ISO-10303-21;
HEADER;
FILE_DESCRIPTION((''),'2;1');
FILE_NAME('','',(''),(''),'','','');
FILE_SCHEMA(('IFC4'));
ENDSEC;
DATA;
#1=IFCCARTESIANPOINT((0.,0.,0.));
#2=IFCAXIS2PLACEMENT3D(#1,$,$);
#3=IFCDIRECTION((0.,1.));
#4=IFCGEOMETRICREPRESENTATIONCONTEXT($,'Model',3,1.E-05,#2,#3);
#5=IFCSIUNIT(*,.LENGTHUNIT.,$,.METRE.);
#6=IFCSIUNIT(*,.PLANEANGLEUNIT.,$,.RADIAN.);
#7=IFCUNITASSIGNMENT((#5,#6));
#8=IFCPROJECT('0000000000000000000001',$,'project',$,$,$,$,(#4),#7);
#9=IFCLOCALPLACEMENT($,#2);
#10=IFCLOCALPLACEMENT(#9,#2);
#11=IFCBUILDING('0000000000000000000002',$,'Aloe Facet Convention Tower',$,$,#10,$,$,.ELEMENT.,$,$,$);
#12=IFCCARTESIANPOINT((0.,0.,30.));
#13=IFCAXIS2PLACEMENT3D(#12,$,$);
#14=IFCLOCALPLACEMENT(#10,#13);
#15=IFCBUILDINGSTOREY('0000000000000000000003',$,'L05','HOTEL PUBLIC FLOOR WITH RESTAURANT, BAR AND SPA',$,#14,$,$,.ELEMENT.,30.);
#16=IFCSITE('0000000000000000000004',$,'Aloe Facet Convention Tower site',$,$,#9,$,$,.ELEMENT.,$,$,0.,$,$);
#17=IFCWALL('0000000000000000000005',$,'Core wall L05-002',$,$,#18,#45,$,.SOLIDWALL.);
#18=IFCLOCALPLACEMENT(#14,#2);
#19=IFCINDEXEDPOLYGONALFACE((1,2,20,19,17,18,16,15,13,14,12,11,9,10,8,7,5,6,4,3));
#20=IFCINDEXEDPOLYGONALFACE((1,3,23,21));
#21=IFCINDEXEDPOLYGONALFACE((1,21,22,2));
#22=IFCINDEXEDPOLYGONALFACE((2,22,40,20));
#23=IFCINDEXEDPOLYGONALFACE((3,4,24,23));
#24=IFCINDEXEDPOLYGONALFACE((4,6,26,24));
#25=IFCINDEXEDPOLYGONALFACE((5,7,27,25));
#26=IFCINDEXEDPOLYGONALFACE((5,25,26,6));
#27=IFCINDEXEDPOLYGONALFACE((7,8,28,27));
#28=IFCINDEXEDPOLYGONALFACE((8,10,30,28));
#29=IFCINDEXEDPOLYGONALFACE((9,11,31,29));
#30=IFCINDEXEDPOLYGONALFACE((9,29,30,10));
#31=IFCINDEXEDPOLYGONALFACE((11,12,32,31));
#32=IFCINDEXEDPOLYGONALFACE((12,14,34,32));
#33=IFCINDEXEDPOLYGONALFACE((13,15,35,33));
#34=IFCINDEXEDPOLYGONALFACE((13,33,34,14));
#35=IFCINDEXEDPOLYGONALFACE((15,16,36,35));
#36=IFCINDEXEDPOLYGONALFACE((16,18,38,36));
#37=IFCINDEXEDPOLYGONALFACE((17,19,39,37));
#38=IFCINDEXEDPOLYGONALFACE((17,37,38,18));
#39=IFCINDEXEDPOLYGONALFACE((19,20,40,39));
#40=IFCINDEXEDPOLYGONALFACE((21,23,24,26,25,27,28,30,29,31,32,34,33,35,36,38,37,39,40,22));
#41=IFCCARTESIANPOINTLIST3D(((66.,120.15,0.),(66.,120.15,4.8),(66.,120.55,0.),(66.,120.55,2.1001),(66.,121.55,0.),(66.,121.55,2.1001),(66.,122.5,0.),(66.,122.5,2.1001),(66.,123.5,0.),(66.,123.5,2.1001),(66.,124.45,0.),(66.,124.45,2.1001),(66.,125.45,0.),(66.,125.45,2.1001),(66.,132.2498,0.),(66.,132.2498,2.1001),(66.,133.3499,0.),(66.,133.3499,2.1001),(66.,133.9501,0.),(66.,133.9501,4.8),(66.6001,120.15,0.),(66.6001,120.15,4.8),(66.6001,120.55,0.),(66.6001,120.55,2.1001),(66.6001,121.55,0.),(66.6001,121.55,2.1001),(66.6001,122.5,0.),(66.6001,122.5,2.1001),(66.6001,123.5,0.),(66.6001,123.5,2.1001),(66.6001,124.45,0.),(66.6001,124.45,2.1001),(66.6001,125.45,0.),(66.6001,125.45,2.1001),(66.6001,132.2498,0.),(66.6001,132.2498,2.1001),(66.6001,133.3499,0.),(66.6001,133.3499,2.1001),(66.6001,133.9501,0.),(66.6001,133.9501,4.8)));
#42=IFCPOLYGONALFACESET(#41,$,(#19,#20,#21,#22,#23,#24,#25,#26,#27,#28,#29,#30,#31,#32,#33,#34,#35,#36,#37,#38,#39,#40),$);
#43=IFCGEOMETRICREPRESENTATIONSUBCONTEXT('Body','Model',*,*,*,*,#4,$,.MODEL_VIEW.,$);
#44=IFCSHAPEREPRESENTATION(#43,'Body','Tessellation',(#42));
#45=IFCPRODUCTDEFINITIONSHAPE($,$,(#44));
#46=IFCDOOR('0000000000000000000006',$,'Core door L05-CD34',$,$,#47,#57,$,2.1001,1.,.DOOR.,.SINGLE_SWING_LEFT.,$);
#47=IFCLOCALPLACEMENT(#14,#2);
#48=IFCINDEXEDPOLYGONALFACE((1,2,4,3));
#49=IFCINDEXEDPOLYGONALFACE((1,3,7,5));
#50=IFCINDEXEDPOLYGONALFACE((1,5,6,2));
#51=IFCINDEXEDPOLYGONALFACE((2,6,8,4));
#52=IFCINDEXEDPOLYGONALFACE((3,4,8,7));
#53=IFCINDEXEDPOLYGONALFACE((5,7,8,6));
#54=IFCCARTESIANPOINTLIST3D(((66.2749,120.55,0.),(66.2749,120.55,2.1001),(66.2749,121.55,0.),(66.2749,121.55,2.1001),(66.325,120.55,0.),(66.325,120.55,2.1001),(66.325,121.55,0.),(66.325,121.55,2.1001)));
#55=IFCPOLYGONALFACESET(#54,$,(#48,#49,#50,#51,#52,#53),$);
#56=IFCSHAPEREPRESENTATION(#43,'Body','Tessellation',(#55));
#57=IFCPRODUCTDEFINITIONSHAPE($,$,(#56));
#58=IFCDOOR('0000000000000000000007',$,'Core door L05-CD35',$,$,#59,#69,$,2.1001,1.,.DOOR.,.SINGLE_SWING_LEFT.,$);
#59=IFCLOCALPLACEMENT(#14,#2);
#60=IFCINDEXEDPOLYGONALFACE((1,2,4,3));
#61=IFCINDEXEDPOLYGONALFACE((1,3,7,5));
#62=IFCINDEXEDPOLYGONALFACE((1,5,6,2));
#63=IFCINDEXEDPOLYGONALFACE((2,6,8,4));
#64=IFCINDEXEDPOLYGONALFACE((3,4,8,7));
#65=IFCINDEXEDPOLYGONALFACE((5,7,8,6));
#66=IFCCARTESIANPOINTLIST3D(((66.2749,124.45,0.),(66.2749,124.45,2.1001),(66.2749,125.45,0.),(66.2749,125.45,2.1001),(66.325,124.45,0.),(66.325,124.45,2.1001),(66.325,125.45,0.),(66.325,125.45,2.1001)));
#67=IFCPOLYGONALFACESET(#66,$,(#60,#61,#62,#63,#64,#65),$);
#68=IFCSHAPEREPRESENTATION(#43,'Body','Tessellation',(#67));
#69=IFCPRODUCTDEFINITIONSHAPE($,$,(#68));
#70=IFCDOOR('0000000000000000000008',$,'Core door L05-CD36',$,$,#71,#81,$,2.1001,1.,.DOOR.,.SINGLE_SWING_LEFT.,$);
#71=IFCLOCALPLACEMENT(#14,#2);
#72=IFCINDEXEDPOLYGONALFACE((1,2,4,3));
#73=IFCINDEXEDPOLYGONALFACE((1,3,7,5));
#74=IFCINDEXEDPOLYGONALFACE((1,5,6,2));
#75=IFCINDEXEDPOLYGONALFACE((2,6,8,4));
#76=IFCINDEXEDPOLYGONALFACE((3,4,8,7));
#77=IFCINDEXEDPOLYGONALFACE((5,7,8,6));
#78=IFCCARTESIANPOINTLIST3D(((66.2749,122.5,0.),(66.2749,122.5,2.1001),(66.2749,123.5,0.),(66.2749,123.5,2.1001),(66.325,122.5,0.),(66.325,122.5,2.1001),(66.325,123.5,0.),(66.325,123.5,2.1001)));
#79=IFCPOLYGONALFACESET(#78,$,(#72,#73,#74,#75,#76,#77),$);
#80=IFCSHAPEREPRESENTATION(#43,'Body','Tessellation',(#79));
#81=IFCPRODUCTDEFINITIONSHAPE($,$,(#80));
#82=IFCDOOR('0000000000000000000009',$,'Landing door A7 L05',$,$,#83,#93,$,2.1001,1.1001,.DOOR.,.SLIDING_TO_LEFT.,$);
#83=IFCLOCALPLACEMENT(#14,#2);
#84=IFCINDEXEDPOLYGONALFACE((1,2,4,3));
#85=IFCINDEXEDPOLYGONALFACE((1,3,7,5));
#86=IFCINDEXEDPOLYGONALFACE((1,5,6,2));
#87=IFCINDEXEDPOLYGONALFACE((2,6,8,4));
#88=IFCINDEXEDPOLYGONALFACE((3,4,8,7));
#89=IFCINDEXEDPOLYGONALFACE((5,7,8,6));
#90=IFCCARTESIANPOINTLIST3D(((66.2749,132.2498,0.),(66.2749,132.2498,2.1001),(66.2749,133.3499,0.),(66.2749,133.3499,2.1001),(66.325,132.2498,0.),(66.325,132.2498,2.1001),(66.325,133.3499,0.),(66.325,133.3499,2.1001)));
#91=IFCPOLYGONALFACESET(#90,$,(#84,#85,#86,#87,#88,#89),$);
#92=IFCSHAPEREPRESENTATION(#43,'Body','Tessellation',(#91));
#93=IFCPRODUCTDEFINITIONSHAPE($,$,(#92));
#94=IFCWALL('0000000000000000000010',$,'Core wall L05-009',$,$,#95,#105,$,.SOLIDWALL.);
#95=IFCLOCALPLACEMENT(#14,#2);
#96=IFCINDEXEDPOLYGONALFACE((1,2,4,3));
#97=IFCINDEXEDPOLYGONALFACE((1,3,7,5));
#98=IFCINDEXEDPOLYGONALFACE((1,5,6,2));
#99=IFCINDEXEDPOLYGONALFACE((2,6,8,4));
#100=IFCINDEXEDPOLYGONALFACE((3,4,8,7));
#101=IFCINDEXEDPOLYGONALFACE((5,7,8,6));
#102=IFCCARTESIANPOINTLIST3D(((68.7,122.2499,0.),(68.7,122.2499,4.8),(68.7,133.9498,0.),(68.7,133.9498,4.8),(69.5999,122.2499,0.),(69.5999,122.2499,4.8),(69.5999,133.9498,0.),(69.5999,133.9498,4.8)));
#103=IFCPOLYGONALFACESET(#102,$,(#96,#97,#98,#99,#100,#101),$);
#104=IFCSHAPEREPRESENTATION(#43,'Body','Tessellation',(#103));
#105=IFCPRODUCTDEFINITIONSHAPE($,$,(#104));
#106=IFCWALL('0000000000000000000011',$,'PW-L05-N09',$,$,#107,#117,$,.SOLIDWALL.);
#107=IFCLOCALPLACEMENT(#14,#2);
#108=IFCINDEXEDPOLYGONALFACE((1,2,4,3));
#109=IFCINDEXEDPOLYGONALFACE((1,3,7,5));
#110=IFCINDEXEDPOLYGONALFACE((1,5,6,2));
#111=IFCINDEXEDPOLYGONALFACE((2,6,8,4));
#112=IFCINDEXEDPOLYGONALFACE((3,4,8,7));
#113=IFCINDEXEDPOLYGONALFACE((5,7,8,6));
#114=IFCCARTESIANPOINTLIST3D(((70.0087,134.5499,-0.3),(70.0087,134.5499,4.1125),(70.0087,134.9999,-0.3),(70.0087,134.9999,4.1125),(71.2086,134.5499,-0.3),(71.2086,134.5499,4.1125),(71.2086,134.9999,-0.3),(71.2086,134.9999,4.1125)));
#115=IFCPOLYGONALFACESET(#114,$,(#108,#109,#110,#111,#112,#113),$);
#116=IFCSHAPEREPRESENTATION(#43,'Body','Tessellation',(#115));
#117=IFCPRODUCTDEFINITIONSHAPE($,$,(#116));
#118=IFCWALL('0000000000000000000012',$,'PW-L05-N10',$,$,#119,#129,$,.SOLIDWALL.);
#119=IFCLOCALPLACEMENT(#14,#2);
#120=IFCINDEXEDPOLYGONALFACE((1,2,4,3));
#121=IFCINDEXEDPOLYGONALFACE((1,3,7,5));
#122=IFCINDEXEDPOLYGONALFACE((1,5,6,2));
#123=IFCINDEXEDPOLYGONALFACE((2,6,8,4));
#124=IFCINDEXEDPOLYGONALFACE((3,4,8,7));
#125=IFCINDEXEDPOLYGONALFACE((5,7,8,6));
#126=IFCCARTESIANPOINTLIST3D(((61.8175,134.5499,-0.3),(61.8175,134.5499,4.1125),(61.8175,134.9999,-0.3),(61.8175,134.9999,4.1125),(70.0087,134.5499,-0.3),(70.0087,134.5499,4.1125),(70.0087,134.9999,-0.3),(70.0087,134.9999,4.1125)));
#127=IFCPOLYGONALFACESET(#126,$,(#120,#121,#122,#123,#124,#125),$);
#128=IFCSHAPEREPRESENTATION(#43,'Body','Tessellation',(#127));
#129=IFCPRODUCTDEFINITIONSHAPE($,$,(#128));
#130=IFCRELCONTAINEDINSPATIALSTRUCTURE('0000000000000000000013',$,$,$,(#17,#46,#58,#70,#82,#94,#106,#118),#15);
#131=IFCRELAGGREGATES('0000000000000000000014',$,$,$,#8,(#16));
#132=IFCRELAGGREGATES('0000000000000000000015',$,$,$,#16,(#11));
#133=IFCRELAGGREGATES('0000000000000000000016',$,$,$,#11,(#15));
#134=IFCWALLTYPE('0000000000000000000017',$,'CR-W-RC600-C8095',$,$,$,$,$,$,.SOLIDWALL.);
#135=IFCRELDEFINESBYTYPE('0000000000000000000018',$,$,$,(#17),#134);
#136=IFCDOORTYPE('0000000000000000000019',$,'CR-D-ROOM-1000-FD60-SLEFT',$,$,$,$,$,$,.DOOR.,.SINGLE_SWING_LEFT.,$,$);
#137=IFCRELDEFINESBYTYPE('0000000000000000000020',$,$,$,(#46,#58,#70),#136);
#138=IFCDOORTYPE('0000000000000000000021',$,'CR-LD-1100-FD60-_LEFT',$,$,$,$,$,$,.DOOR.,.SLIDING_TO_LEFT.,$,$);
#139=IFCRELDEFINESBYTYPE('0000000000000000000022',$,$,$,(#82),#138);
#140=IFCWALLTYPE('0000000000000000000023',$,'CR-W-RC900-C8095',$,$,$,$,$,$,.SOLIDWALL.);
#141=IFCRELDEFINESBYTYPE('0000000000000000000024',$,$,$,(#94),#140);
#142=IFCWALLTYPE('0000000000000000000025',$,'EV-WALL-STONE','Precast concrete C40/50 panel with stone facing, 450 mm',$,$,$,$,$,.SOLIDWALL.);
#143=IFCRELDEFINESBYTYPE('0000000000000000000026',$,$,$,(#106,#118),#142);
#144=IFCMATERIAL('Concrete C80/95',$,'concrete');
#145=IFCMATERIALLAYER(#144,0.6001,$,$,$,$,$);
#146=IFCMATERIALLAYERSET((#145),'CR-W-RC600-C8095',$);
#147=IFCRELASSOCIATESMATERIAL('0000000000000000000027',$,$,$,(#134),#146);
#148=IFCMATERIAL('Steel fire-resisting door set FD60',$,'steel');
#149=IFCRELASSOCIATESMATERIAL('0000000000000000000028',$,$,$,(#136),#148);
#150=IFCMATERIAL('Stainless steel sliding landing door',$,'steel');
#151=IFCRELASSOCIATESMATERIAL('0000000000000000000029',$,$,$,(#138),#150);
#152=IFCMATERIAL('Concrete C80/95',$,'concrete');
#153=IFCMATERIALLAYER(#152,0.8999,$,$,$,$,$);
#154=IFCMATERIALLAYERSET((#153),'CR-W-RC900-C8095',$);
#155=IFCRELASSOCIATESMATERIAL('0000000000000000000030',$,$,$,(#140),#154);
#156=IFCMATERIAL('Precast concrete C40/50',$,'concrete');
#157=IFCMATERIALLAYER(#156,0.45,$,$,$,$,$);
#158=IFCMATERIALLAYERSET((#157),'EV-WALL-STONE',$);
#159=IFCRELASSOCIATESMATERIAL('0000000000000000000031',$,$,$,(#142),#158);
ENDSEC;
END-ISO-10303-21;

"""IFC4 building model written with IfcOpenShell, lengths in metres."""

from ifc_helpers import new_model, si_unit, direction, frame, frame_2d, origin, place, context, subcontext, project, spatial, rectangle, extrude, material, layer, layer_set, type_object, element, fill, save


model = new_model("IFC4")

# Units and contexts
model_context = context("Model", 3, precision=1e-05, world=origin(), true_north=direction((0.0, 1.0)))
body_context = subcontext(model_context, "Body", "Model", "MODEL_VIEW")
ifc_project = project(units=[si_unit("LENGTHUNIT", "METRE"), si_unit("PLANEANGLEUNIT", "RADIAN")], contexts=[model_context])

# Site, building, storey
site_placement = place(None, origin())
site = spatial("IfcSite", under=ifc_project, at=site_placement, Name="Aloe Facet Convention Tower site", CompositionType="ELEMENT", RefElevation=0.0)
building_placement = place(site_placement, origin())
building = spatial("IfcBuilding", under=site, at=building_placement, Name="Aloe Facet Convention Tower", CompositionType="ELEMENT")
storey_placement = place(building_placement, frame((0.0, 0.0, 30.0)))
storey = spatial("IfcBuildingStorey", under=building, at=storey_placement, Name="L05", Description="HOTEL PUBLIC FLOOR WITH RESTAURANT, BAR AND SPA", CompositionType="ELEMENT", Elevation=30.0)

# Shared definitions
ifc_material_1 = material(Name="Concrete C80/95", Category="concrete")
ifc_layer_1 = layer(ifc_material_1, 0.6001)
ifc_layer_set_1 = layer_set([ifc_layer_1], Name="CR-W-RC600-C8095")
wall_type_1 = type_object("IfcWallType", Name="CR-W-RC600-C8095", PredefinedType="SOLIDWALL", material=ifc_layer_set_1)

# Wall, openings, doors
wall_1_placement = place(storey_placement, frame((66.3, 133.95, 0.0), z_axis=(0.0, 0.0, 1.0), x_axis=(0.0, -1.0, 0.0)))
wall_1 = element("IfcWall", 1, at=wall_1_placement, inside=storey, type_object=wall_type_1, Name="Core wall L05-002", PredefinedType="SOLIDWALL", context=body_context, shape_type="SweptSolid", body=[
    extrude(rectangle(XDim=13.8, YDim=0.6001, at=frame_2d((6.8999, 0.0))), origin(), (0.0, 0.0, 1.0), 4.8),
])
opening_1_placement = place(wall_1_placement, frame((0.6001, 0.0, 0.0)))
opening_1 = element("IfcOpeningElement", 2, at=opening_1_placement, cuts=wall_1, PredefinedType="OPENING", context=body_context, shape_type="SweptSolid", body=[
    extrude(rectangle(XDim=1.1001, YDim=2.1001, at=frame_2d((0.55, 1.05))), frame((0.0, 0.3101, 0.0), z_axis=(0.0, -1.0, 0.0), x_axis=(1.0, 0.0, 0.0)), (0.0, 0.0, 1.0), 0.6201),
])
opening_2_placement = place(wall_1_placement, frame((12.3999, 0.0, 0.0)))
opening_2 = element("IfcOpeningElement", 3, at=opening_2_placement, cuts=wall_1, PredefinedType="OPENING", context=body_context, shape_type="SweptSolid", body=[
    extrude(rectangle(XDim=1.0, YDim=2.1001, at=frame_2d((0.5, 1.05))), frame((0.0, 0.3101, 0.0), z_axis=(0.0, -1.0, 0.0), x_axis=(1.0, 0.0, 0.0)), (0.0, 0.0, 1.0), 0.6201),
])
opening_3_placement = place(wall_1_placement, frame((8.5, 0.0, 0.0)))
opening_3 = element("IfcOpeningElement", 4, at=opening_3_placement, cuts=wall_1, PredefinedType="OPENING", context=body_context, shape_type="SweptSolid", body=[
    extrude(rectangle(XDim=1.0, YDim=2.1001, at=frame_2d((0.5, 1.05))), frame((0.0, 0.3101, 0.0), z_axis=(0.0, -1.0, 0.0), x_axis=(1.0, 0.0, 0.0)), (0.0, 0.0, 1.0), 0.6201),
])
opening_4_placement = place(wall_1_placement, frame((10.45, 0.0, 0.0)))
opening_4 = element("IfcOpeningElement", 5, at=opening_4_placement, cuts=wall_1, PredefinedType="OPENING", context=body_context, shape_type="SweptSolid", body=[
    extrude(rectangle(XDim=1.0, YDim=2.1001, at=frame_2d((0.5, 1.05))), frame((0.0, 0.3101, 0.0), z_axis=(0.0, -1.0, 0.0), x_axis=(1.0, 0.0, 0.0)), (0.0, 0.0, 1.0), 0.6201),
])
ifc_material_2 = material(Name="Steel fire-resisting door set FD60", Category="steel")
door_type_1 = type_object("IfcDoorType", Name="CR-D-ROOM-1000-FD60-SLEFT", OperationType="SINGLE_SWING_LEFT", PredefinedType="DOOR", material=ifc_material_2)
door_1_placement = place(opening_2_placement, origin())
door_1 = element("IfcDoor", 6, at=door_1_placement, inside=storey, type_object=door_type_1, Name="Core door L05-CD34", OperationType="SINGLE_SWING_LEFT", OverallHeight=2.1001, OverallWidth=1.0, PredefinedType="DOOR", context=body_context, shape_type="SweptSolid", body=[
    extrude(rectangle(XDim=1.0, YDim=2.1001, at=frame_2d((0.5, 1.05))), frame((0.0, 0.0249, 0.0), z_axis=(0.0, -1.0, 0.0), x_axis=(1.0, 0.0, 0.0)), (0.0, 0.0, 1.0), 0.05),
])
fill(opening_2, door_1)
door_2_placement = place(opening_3_placement, origin())
door_2 = element("IfcDoor", 7, at=door_2_placement, inside=storey, type_object=door_type_1, Name="Core door L05-CD35", OperationType="SINGLE_SWING_LEFT", OverallHeight=2.1001, OverallWidth=1.0, PredefinedType="DOOR", context=body_context, shape_type="SweptSolid", body=[
    extrude(rectangle(XDim=1.0, YDim=2.1001, at=frame_2d((0.5, 1.05))), frame((0.0, 0.0249, 0.0), z_axis=(0.0, -1.0, 0.0), x_axis=(1.0, 0.0, 0.0)), (0.0, 0.0, 1.0), 0.05),
])
fill(opening_3, door_2)
door_3_placement = place(opening_4_placement, origin())
door_3 = element("IfcDoor", 8, at=door_3_placement, inside=storey, type_object=door_type_1, Name="Core door L05-CD36", OperationType="SINGLE_SWING_LEFT", OverallHeight=2.1001, OverallWidth=1.0, PredefinedType="DOOR", context=body_context, shape_type="SweptSolid", body=[
    extrude(rectangle(XDim=1.0, YDim=2.1001, at=frame_2d((0.5, 1.05))), frame((0.0, 0.0249, 0.0), z_axis=(0.0, -1.0, 0.0), x_axis=(1.0, 0.0, 0.0)), (0.0, 0.0, 1.0), 0.05),
])
fill(opening_4, door_3)
ifc_material_3 = material(Name="Stainless steel sliding landing door", Category="steel")
door_type_2 = type_object("IfcDoorType", Name="CR-LD-1100-FD60-_LEFT", OperationType="SLIDING_TO_LEFT", PredefinedType="DOOR", material=ifc_material_3)
door_4_placement = place(opening_1_placement, origin())
door_4 = element("IfcDoor", 9, at=door_4_placement, inside=storey, type_object=door_type_2, Name="Landing door A7 L05", OperationType="SLIDING_TO_LEFT", OverallHeight=2.1001, OverallWidth=1.1001, PredefinedType="DOOR", context=body_context, shape_type="SweptSolid", body=[
    extrude(rectangle(XDim=1.1001, YDim=2.1001, at=frame_2d((0.55, 1.05))), frame((0.0, 0.0249, 0.0), z_axis=(0.0, -1.0, 0.0), x_axis=(1.0, 0.0, 0.0)), (0.0, 0.0, 1.0), 0.05),
])
fill(opening_1, door_4)

# Walls
ifc_material_4 = material(Name="Concrete C80/95", Category="concrete")
ifc_layer_2 = layer(ifc_material_4, 0.8999)
ifc_layer_set_2 = layer_set([ifc_layer_2], Name="CR-W-RC900-C8095")
wall_type_2 = type_object("IfcWallType", Name="CR-W-RC900-C8095", PredefinedType="SOLIDWALL", material=ifc_layer_set_2)
wall_2_placement = place(storey_placement, frame((69.1499, 133.95, 0.0), z_axis=(0.0, 0.0, 1.0), x_axis=(0.0, -1.0, 0.0)))
element("IfcWall", 10, at=wall_2_placement, inside=storey, type_object=wall_type_2, Name="Core wall L05-009", PredefinedType="SOLIDWALL", context=body_context, shape_type="SweptSolid", body=[
    extrude(rectangle(XDim=11.7, YDim=0.8999, at=frame_2d((5.8501, 0.0))), origin(), (0.0, 0.0, 1.0), 4.8),
])
ifc_material_5 = material(Name="Precast concrete C40/50", Category="concrete")
ifc_layer_3 = layer(ifc_material_5, 0.45)
ifc_layer_set_3 = layer_set([ifc_layer_3], Name="EV-WALL-STONE")
wall_type_3 = type_object("IfcWallType", Name="EV-WALL-STONE", Description="Precast concrete C40/50 panel with stone facing, 450 mm", PredefinedType="SOLIDWALL", material=ifc_layer_set_3)
wall_3_placement = place(storey_placement, frame((71.2087, 134.7749, -0.3), z_axis=(0.0, 0.0, 1.0), x_axis=(-1.0, 0.0, 0.0)))
element("IfcWall", 11, at=wall_3_placement, inside=storey, type_object=wall_type_3, Name="PW-L05-N09", PredefinedType="SOLIDWALL", context=body_context, shape_type="SweptSolid", body=[
    extrude(rectangle(XDim=1.2, YDim=0.45, at=frame_2d((0.6001, 0.0))), origin(), (0.0, 0.0, 1.0), 4.4126),
])
wall_4_placement = place(storey_placement, frame((70.0088, 134.7749, -0.3), z_axis=(0.0, 0.0, 1.0), x_axis=(-1.0, 0.0, 0.0)))
element("IfcWall", 12, at=wall_4_placement, inside=storey, type_object=wall_type_3, Name="PW-L05-N10", PredefinedType="SOLIDWALL", context=body_context, shape_type="SweptSolid", body=[
    extrude(rectangle(XDim=8.1912, YDim=0.45, at=frame_2d((4.0957, 0.0))), origin(), (0.0, 0.0, 1.0), 4.4126),
])

save(model, "model.ifc")
